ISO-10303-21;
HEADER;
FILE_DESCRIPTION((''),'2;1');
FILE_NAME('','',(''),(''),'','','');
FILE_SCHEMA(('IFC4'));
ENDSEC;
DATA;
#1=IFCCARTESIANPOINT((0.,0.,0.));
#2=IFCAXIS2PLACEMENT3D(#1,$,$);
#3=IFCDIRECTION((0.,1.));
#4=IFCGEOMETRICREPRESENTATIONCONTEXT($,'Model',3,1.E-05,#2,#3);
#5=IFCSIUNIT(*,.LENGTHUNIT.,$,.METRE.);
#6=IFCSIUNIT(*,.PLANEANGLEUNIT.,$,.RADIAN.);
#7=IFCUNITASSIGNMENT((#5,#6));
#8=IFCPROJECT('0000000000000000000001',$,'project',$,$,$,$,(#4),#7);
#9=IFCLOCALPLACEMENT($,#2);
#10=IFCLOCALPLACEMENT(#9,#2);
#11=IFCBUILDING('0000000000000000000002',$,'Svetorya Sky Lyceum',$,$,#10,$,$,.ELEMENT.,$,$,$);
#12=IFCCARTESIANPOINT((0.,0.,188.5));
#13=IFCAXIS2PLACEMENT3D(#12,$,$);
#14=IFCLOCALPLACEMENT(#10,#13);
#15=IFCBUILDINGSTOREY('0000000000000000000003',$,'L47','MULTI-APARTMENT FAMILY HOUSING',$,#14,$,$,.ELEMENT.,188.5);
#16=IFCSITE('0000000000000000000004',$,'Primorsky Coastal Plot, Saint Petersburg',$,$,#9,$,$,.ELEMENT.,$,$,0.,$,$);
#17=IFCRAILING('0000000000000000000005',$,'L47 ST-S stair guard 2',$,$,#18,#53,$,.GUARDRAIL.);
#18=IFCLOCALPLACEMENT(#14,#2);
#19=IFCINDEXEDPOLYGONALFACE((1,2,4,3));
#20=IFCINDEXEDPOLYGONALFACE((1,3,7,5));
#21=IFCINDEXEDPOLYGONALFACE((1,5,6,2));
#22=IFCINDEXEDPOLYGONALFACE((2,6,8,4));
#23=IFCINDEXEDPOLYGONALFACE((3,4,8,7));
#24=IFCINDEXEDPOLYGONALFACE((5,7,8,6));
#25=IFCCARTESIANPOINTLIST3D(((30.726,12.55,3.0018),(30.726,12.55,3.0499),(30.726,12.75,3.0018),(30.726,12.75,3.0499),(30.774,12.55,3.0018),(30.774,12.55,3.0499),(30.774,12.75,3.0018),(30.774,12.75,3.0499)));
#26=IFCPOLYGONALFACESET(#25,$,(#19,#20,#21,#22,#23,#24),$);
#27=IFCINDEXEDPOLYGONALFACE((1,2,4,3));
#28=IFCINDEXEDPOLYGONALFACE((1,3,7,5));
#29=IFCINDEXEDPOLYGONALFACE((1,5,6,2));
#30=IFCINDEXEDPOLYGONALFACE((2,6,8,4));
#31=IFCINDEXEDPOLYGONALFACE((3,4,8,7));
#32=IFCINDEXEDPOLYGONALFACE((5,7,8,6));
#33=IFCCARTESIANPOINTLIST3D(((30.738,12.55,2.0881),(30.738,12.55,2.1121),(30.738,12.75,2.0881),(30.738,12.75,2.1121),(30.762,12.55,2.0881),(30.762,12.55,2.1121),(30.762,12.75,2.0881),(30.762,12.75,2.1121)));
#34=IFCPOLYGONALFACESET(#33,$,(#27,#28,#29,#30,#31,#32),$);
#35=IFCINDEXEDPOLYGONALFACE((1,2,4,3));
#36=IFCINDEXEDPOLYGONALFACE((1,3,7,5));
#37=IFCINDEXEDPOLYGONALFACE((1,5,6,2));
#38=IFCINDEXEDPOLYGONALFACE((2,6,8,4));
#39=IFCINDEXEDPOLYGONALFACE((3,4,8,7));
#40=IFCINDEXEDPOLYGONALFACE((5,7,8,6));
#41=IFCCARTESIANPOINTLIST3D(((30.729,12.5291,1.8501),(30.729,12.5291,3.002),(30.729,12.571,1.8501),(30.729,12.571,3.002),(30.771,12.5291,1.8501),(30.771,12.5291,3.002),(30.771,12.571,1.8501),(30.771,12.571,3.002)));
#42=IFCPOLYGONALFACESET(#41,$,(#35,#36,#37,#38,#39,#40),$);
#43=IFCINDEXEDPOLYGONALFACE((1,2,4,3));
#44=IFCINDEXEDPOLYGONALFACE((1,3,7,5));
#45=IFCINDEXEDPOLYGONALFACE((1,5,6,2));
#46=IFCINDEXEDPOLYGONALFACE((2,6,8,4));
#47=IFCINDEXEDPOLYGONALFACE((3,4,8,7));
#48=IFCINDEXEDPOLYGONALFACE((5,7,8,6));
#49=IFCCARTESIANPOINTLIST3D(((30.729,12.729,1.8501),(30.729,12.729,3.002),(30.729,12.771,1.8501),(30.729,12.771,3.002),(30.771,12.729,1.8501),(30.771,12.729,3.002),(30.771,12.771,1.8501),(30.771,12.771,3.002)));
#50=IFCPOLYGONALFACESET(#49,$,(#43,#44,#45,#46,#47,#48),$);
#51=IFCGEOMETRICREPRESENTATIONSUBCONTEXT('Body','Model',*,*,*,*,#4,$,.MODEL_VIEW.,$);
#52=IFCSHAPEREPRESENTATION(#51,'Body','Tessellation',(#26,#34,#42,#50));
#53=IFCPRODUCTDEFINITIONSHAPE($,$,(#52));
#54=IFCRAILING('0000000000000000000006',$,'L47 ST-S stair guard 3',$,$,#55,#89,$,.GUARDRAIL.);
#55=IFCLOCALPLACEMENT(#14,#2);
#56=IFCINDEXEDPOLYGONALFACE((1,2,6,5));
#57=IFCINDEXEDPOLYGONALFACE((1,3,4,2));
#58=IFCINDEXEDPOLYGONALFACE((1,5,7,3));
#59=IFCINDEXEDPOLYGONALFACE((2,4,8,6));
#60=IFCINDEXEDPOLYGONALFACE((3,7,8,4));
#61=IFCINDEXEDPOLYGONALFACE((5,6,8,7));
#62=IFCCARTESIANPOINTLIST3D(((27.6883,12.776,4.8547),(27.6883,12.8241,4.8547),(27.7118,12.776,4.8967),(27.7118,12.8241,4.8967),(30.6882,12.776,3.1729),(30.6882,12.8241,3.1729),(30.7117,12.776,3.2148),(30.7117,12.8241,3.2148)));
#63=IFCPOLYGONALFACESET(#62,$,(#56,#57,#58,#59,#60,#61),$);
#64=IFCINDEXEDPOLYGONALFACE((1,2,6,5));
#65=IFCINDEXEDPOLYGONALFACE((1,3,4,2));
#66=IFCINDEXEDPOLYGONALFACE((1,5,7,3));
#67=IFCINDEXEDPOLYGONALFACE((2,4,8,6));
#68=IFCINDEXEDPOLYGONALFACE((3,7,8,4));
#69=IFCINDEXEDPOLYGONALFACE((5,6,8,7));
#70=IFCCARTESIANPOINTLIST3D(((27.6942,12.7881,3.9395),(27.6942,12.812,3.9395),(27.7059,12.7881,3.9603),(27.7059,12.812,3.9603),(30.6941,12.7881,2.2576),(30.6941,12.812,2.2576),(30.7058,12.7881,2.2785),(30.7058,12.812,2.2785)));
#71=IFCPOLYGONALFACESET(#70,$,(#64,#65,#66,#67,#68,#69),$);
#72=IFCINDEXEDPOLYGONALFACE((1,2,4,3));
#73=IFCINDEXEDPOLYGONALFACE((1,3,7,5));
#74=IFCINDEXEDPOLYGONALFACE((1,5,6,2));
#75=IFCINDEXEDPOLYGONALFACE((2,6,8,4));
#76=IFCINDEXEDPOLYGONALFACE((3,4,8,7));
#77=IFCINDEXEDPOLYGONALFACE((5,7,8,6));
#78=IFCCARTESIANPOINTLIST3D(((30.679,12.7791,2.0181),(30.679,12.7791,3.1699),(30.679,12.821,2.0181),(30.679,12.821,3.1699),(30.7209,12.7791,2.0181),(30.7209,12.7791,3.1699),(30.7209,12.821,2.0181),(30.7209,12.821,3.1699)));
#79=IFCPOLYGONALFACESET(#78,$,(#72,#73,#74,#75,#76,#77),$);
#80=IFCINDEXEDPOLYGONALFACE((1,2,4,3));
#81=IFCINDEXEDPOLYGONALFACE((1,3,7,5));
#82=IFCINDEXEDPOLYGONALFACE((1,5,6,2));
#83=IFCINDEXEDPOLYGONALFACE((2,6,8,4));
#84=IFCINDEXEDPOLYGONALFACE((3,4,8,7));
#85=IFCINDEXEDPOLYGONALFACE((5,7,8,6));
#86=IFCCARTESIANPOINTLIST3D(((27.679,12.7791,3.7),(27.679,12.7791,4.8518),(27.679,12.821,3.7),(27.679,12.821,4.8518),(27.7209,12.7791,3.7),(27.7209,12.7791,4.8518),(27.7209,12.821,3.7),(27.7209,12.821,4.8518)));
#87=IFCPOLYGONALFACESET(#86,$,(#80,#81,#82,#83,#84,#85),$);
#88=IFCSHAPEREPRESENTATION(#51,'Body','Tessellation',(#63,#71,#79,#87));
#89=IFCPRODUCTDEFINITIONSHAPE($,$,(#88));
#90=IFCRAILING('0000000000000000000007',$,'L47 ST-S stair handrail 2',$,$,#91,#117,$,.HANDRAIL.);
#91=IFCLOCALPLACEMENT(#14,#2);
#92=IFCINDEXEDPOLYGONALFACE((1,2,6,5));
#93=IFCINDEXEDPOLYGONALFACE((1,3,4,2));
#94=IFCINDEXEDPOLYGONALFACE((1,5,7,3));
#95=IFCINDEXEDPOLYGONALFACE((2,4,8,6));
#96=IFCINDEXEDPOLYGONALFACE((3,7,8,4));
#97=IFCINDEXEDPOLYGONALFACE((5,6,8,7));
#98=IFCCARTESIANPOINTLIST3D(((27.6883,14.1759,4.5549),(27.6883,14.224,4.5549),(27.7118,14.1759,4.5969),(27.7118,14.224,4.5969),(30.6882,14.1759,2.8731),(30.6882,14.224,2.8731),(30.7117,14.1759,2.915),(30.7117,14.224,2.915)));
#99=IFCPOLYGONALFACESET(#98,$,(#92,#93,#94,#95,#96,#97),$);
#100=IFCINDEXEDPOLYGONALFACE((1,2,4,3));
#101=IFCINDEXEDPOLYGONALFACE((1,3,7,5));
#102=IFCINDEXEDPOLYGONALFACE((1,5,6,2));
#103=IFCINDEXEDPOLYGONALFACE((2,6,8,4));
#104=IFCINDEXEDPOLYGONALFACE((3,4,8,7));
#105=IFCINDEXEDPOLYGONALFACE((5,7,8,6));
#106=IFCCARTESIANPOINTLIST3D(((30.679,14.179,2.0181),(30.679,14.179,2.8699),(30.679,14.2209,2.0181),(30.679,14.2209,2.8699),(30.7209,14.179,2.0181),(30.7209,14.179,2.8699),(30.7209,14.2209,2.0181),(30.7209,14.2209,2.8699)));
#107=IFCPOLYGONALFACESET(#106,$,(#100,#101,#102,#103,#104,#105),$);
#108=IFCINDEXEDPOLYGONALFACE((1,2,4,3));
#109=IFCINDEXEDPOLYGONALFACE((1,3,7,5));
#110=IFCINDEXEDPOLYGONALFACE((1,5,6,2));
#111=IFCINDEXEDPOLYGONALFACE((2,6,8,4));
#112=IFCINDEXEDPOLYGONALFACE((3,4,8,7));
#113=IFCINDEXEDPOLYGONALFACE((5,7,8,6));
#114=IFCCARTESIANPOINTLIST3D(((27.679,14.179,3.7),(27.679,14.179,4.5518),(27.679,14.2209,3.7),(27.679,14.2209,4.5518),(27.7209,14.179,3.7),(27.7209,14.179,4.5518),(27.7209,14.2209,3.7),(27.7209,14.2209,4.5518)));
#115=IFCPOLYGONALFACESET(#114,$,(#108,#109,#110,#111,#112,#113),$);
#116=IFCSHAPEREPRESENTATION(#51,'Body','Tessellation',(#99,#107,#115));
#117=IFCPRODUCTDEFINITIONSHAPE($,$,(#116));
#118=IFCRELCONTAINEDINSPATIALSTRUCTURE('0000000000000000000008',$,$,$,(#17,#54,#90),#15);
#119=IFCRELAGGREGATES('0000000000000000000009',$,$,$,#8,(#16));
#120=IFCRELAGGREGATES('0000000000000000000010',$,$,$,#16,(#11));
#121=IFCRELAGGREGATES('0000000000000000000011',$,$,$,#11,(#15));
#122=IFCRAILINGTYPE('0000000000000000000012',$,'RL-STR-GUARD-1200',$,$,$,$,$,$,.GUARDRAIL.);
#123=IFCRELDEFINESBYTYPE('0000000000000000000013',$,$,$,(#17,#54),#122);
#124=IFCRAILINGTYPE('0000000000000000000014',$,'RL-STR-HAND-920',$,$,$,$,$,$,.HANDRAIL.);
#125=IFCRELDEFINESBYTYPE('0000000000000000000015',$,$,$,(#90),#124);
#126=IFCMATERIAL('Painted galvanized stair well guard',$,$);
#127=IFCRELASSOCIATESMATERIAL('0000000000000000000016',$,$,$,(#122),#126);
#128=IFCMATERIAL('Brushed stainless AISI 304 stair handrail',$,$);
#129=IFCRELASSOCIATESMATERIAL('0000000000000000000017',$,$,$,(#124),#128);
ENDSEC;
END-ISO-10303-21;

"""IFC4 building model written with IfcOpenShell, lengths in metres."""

from ifc_helpers import new_model, si_unit, direction, frame, origin, origin_2d, place, context, subcontext, project, spatial, rectangle, extrude, material, type_object, element, save


model = new_model("IFC4")

# Units and contexts
model_context = context("Model", 3, precision=1e-05, world=origin(), true_north=direction((0.0, 1.0)))
body_context = subcontext(model_context, "Body", "Model", "MODEL_VIEW")
ifc_project = project(units=[si_unit("LENGTHUNIT", "METRE"), si_unit("PLANEANGLEUNIT", "RADIAN")], contexts=[model_context])

# Site, building, storey
site_placement = place(None, origin())
site = spatial("IfcSite", under=ifc_project, at=site_placement, Name="Primorsky Coastal Plot, Saint Petersburg", CompositionType="ELEMENT", RefElevation=0.0)
building_placement = place(site_placement, origin())
building = spatial("IfcBuilding", under=site, at=building_placement, Name="Svetorya Sky Lyceum", CompositionType="ELEMENT")
storey_placement = place(building_placement, frame((0.0, 0.0, 188.5)))
storey = spatial("IfcBuildingStorey", under=building, at=storey_placement, Name="L47", Description="MULTI-APARTMENT FAMILY HOUSING", CompositionType="ELEMENT", Elevation=188.5)

# Railings
ifc_material_1 = material(Name="Painted galvanized stair well guard")
railing_type_1 = type_object("IfcRailingType", Name="RL-STR-GUARD-1200", PredefinedType="GUARDRAIL", material=ifc_material_1)
railing_1_placement = place(storey_placement, frame((30.75, 12.55, 1.8501)))
element("IfcRailing", 1, at=railing_1_placement, inside=storey, type_object=railing_type_1, Name="L47 ST-S stair guard 2", PredefinedType="GUARDRAIL", context=body_context, shape_type="SweptSolid", body=[
    extrude(rectangle(XDim=0.0481, YDim=0.0481, at=origin_2d()), frame((0.0, 0.0, 1.1758), z_axis=(0.0, 1.0, 0.0), x_axis=(-1.0, 0.0, 0.0)), (0.0, 0.0, 1.0), 0.2),
    extrude(rectangle(XDim=0.0239, YDim=0.0239, at=origin_2d()), frame((0.0, 0.0, 0.25), z_axis=(0.0, 1.0, 0.0), x_axis=(-1.0, 0.0, 0.0)), (0.0, 0.0, 1.0), 0.2),
    extrude(rectangle(XDim=0.042, YDim=0.042, at=origin_2d()), origin(), (0.0, 0.0, 1.0), 1.1519),
    extrude(rectangle(XDim=0.042, YDim=0.042, at=origin_2d()), frame((0.0, 0.2, 0.0)), (0.0, 0.0, 1.0), 1.1519),
])
railing_2_placement = place(storey_placement, frame((30.7, 12.8, 2.0181)))
element("IfcRailing", 2, at=railing_2_placement, inside=storey, type_object=railing_type_1, Name="L47 ST-S stair guard 3", PredefinedType="GUARDRAIL", context=body_context, shape_type="SweptSolid", body=[
    extrude(rectangle(XDim=0.0481, YDim=0.0481, at=origin_2d()), frame((0.0, 0.0, 1.1758), z_axis=(-0.872272, 0.0, 0.48902), x_axis=(0.0, -1.0, 0.0)), (0.0, 0.0, 1.0), 3.4392),
    extrude(rectangle(XDim=0.0239, YDim=0.0239, at=origin_2d()), frame((0.0, 0.0, 0.25), z_axis=(-0.872272, 0.0, 0.48902), x_axis=(0.0, -1.0, 0.0)), (0.0, 0.0, 1.0), 3.4392),
    extrude(rectangle(XDim=0.042, YDim=0.042, at=origin_2d()), origin(), (0.0, 0.0, 1.0), 1.1519),
    extrude(rectangle(XDim=0.042, YDim=0.042, at=origin_2d()), frame((-3.0, 0.0, 1.6819)), (0.0, 0.0, 1.0), 1.1519),
])
ifc_material_2 = material(Name="Brushed stainless AISI 304 stair handrail")
railing_type_2 = type_object("IfcRailingType", Name="RL-STR-HAND-920", PredefinedType="HANDRAIL", material=ifc_material_2)
railing_3_placement = place(storey_placement, frame((30.7, 14.2, 2.0181)))
element("IfcRailing", 3, at=railing_3_placement, inside=storey, type_object=railing_type_2, Name="L47 ST-S stair handrail 2", PredefinedType="HANDRAIL", context=body_context, shape_type="SweptSolid", body=[
    extrude(rectangle(XDim=0.0481, YDim=0.0481, at=origin_2d()), frame((0.0, 0.0, 0.876), z_axis=(-0.872272, 0.0, 0.48902), x_axis=(0.0, -1.0, 0.0)), (0.0, 0.0, 1.0), 3.4392),
    extrude(rectangle(XDim=0.042, YDim=0.042, at=origin_2d()), origin(), (0.0, 0.0, 1.0), 0.8518),
    extrude(rectangle(XDim=0.042, YDim=0.042, at=origin_2d()), frame((-3.0, 0.0, 1.6819)), (0.0, 0.0, 1.0), 0.8518),
])

save(model, "model.ifc")
